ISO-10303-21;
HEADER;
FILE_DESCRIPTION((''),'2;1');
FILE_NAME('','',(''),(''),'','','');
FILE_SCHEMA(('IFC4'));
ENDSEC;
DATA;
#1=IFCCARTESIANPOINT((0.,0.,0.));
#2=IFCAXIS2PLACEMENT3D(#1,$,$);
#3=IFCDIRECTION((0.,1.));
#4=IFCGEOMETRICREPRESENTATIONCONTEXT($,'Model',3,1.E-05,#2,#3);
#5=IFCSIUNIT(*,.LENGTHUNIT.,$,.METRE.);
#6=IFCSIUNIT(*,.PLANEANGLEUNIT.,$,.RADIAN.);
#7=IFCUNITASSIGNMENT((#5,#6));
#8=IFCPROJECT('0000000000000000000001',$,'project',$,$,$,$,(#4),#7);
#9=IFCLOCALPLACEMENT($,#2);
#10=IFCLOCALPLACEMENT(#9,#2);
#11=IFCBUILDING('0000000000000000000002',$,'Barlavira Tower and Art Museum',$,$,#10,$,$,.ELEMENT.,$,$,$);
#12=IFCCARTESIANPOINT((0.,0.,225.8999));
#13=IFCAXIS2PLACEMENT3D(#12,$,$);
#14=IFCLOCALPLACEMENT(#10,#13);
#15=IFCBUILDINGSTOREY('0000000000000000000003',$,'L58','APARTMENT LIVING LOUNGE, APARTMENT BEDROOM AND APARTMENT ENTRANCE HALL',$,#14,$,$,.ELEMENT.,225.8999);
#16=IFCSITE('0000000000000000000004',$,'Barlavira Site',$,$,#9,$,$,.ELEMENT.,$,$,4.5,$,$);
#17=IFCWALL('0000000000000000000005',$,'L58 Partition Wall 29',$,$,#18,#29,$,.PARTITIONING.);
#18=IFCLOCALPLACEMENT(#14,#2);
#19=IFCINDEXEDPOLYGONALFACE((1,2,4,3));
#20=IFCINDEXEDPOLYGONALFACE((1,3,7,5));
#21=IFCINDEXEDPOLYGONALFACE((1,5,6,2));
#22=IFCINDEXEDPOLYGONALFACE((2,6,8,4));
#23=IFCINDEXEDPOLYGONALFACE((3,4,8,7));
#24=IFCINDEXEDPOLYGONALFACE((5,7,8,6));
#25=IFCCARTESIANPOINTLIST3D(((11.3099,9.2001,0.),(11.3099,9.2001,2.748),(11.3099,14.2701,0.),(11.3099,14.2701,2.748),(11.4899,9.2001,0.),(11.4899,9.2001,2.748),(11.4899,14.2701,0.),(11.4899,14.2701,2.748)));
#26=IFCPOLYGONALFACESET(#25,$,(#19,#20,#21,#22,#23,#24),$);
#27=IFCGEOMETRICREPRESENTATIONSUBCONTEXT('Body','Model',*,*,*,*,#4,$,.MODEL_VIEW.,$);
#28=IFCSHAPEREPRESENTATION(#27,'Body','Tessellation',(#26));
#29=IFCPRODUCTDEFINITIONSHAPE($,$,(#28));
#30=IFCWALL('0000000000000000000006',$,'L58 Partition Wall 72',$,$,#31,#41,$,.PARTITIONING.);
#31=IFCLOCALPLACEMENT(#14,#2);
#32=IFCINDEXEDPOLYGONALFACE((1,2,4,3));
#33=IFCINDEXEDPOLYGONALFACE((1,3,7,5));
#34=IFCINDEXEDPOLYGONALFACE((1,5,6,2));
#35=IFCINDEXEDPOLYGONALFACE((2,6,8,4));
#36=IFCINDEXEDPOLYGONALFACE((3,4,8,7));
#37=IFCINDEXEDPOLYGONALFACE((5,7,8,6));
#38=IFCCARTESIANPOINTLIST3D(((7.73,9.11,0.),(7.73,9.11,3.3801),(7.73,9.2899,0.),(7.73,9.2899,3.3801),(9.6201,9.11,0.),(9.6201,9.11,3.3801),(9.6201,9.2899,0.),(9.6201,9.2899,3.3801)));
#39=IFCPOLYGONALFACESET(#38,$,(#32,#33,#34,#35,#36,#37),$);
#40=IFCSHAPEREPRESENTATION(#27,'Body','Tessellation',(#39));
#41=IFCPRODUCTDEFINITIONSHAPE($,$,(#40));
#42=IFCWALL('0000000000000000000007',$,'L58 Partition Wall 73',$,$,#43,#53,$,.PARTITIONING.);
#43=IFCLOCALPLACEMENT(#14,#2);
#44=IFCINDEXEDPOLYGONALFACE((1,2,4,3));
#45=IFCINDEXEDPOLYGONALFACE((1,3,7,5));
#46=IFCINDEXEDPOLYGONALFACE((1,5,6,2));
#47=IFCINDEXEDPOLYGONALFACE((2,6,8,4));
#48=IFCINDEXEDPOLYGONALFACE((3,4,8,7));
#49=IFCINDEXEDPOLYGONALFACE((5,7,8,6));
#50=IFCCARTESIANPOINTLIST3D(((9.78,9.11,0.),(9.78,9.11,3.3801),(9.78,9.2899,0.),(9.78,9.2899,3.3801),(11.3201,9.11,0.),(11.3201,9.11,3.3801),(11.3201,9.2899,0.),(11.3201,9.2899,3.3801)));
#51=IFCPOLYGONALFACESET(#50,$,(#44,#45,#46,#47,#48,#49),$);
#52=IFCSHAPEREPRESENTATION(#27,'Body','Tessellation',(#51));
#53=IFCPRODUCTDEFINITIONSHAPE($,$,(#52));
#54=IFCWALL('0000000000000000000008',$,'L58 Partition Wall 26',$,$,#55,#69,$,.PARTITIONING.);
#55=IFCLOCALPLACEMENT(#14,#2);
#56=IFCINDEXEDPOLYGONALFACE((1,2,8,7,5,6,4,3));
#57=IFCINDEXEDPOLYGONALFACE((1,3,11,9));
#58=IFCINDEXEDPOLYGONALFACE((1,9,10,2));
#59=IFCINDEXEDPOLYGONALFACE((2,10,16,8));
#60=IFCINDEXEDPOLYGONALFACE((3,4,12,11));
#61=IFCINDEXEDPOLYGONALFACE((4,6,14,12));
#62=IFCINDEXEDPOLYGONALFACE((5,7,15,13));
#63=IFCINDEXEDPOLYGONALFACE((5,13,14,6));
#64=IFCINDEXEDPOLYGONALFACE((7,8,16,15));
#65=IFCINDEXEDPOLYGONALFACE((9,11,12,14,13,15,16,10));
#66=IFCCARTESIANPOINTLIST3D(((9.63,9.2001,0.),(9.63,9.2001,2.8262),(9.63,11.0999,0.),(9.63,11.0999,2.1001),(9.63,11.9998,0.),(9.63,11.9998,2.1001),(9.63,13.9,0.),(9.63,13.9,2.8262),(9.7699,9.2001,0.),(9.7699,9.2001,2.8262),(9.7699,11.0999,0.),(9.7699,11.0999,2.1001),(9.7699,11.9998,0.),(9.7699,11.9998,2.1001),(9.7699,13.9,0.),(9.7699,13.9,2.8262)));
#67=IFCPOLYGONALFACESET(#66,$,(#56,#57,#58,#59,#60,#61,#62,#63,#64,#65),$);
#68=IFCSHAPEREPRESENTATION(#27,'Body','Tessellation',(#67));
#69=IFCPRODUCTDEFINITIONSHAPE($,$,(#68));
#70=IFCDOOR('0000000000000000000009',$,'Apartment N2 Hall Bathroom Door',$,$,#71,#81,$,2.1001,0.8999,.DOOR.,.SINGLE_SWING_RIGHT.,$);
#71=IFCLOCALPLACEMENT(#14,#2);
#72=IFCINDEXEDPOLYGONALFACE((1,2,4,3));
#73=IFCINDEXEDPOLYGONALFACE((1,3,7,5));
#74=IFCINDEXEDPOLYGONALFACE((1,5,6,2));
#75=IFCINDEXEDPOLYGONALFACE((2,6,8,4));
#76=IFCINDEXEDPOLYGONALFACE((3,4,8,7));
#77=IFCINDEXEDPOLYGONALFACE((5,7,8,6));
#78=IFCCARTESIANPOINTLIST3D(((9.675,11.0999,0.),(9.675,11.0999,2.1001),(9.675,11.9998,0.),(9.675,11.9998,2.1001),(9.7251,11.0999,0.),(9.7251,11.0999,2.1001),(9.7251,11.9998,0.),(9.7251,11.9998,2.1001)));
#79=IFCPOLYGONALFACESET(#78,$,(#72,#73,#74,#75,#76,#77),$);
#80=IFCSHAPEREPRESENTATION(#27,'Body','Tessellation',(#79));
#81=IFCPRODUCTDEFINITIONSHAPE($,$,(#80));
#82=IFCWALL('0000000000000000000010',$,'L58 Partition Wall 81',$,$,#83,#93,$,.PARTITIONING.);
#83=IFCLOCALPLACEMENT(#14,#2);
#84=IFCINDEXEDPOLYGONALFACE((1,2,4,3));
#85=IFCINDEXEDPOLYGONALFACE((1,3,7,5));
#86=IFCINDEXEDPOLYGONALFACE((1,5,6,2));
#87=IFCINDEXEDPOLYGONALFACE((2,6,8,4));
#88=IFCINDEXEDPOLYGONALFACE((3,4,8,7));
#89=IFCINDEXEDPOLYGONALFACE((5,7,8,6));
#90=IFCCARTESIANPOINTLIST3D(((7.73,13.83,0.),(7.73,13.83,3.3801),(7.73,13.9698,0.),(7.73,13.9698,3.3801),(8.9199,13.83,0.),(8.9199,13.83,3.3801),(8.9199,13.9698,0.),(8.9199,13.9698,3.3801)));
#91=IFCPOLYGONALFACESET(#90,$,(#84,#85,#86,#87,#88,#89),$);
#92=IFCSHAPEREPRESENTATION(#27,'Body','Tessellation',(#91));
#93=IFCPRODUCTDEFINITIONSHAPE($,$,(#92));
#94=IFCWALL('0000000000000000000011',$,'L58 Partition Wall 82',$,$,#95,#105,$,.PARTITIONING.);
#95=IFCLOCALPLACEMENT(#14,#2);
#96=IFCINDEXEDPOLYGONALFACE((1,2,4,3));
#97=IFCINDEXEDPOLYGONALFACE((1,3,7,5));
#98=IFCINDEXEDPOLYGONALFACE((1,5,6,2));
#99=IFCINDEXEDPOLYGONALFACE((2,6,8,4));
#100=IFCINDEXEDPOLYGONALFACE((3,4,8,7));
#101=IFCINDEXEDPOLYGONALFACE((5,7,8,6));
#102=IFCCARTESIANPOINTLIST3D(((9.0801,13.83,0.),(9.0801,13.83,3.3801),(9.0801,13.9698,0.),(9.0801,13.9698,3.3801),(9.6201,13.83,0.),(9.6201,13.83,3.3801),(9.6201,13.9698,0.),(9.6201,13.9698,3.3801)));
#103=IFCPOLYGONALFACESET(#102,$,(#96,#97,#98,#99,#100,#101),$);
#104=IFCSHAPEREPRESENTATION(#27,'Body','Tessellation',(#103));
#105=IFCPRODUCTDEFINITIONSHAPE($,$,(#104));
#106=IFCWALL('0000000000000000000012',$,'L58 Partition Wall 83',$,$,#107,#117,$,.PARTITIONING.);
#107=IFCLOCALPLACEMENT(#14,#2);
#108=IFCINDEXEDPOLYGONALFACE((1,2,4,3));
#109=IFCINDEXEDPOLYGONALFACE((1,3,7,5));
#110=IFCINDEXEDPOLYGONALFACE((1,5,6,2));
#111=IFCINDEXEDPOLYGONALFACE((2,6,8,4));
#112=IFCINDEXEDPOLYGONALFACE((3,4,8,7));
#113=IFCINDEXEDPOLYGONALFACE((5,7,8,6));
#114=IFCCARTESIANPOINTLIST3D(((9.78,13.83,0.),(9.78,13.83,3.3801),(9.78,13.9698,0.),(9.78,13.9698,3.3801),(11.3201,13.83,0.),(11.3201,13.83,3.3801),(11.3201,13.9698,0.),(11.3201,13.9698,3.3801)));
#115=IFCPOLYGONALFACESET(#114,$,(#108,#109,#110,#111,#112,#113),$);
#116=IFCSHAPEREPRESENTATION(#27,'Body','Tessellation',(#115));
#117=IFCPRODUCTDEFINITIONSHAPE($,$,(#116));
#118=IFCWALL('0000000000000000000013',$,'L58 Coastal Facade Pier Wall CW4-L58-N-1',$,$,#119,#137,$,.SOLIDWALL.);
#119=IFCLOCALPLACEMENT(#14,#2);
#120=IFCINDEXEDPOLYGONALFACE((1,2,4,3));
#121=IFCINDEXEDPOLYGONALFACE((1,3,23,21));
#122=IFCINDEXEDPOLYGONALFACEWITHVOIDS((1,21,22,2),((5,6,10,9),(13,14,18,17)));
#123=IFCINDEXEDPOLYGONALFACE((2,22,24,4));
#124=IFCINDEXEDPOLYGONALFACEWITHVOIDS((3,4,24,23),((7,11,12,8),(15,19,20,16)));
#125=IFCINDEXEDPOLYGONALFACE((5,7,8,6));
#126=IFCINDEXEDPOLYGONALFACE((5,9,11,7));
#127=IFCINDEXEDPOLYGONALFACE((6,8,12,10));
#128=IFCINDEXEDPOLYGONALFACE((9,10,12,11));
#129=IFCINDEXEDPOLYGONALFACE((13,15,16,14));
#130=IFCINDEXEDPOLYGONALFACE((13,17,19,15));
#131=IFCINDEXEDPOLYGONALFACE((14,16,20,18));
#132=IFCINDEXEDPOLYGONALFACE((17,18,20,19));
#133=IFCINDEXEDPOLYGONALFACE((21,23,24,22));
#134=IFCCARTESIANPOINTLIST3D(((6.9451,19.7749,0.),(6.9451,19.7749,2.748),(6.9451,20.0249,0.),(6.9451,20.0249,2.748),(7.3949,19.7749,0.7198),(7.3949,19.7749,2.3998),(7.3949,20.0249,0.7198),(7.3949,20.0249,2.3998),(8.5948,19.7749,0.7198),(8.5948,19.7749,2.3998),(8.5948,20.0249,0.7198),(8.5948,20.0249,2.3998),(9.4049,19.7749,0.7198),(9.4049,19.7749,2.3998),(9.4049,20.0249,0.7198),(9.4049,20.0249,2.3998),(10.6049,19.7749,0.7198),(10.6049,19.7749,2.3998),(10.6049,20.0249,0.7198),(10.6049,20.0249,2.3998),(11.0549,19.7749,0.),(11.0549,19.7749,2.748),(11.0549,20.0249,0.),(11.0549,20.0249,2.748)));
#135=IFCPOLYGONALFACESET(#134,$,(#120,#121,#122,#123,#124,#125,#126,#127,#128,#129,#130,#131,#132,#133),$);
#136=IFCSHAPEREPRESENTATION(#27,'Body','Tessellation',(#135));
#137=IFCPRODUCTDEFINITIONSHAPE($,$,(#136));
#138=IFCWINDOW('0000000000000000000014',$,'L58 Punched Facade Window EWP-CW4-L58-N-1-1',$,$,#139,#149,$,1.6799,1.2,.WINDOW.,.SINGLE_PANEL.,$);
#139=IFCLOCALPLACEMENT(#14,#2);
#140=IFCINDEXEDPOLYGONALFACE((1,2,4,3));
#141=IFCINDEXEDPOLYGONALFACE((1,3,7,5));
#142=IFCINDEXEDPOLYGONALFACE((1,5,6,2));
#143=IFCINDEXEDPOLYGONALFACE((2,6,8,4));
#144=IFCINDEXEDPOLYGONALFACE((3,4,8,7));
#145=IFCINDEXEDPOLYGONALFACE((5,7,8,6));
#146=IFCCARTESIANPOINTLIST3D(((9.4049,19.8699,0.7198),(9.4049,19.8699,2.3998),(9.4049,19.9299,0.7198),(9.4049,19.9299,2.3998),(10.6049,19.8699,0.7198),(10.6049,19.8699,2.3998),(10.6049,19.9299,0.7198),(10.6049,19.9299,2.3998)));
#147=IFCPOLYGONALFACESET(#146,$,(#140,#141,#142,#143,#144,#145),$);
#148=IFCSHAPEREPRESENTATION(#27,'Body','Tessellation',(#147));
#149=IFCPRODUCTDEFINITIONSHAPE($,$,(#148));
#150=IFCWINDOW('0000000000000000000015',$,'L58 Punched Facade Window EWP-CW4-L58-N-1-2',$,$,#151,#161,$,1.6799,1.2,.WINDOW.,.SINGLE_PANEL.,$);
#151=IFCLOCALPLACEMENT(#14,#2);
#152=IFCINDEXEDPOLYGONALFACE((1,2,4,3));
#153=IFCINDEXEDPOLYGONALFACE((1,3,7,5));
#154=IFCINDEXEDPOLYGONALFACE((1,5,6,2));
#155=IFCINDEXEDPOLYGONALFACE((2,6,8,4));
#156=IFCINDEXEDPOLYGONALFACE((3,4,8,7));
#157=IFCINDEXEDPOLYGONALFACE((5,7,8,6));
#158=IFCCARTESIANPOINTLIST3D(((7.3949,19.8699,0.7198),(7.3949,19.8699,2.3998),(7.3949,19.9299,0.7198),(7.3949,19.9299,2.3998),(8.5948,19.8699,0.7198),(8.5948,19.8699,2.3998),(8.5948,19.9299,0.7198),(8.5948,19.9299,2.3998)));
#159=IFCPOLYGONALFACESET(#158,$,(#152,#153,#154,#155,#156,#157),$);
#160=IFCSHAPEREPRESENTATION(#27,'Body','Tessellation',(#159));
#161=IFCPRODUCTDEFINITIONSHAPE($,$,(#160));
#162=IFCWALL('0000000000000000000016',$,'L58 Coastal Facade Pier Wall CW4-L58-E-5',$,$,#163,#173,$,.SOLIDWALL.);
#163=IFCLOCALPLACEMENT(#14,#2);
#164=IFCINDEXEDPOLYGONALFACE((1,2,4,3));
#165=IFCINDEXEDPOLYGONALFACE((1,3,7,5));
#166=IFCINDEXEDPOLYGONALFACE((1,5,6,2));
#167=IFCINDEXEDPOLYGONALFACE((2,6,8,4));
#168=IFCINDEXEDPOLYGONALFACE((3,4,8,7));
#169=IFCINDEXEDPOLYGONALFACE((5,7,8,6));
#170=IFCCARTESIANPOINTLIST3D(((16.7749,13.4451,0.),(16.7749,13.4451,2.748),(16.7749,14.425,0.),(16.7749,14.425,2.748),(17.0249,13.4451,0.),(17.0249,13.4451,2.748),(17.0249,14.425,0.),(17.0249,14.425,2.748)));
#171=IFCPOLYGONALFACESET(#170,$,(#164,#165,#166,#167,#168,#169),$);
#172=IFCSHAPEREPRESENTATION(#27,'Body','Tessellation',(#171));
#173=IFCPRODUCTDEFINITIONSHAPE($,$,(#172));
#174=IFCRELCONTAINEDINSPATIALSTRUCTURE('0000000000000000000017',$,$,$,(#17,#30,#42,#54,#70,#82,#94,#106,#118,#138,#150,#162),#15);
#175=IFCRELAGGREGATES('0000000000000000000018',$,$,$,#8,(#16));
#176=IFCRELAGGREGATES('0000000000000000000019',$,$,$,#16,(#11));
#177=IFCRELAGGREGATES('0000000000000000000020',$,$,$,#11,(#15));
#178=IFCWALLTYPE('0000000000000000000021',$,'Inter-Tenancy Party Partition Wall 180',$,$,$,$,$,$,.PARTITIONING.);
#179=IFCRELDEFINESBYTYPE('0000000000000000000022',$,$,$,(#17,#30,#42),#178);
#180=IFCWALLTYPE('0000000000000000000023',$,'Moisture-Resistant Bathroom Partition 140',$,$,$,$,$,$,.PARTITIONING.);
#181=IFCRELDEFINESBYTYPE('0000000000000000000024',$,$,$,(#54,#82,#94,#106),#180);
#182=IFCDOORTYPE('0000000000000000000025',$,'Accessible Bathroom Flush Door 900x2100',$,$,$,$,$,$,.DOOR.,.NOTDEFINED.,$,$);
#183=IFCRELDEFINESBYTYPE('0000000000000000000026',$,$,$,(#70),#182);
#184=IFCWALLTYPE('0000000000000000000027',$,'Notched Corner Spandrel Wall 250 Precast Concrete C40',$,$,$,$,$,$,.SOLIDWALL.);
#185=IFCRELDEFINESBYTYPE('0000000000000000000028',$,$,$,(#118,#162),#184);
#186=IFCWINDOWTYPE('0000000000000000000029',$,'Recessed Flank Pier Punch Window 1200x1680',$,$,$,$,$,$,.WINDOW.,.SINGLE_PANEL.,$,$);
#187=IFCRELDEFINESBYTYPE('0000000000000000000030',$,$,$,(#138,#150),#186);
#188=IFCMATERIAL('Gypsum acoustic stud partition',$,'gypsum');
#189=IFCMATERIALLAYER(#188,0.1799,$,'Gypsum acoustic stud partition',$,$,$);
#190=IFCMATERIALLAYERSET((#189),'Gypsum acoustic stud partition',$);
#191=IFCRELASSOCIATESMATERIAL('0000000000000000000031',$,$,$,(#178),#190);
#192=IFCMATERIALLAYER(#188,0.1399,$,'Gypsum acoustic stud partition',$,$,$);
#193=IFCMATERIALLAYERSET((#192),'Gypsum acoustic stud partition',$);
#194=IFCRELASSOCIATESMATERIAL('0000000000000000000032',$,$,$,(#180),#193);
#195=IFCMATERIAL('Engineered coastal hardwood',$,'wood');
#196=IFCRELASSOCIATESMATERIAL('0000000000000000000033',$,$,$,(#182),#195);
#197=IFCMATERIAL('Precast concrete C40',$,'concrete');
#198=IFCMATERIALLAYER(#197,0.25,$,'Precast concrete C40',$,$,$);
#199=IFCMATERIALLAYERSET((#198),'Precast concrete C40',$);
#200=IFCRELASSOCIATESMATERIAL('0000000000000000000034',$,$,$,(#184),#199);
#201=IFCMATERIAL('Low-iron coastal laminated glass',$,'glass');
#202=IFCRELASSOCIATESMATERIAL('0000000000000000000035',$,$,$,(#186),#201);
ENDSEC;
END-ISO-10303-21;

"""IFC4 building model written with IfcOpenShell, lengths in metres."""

from ifc_helpers import new_model, si_unit, direction, frame, frame_2d, origin, place, context, subcontext, project, spatial, rectangle, extrude, material, layer, layer_set, type_object, element, fill, save


model = new_model("IFC4")

# Units and contexts
model_context = context("Model", 3, precision=1e-05, world=origin(), true_north=direction((0.0, 1.0)))
body_context = subcontext(model_context, "Body", "Model", "MODEL_VIEW")
ifc_project = project(units=[si_unit("LENGTHUNIT", "METRE"), si_unit("PLANEANGLEUNIT", "RADIAN")], contexts=[model_context])

# Site, building, storey
site_placement = place(None, origin())
site = spatial("IfcSite", under=ifc_project, at=site_placement, Name="Barlavira Site", CompositionType="ELEMENT", RefElevation=4.5)
building_placement = place(site_placement, origin())
building = spatial("IfcBuilding", under=site, at=building_placement, Name="Barlavira Tower and Art Museum", CompositionType="ELEMENT")
storey_placement = place(building_placement, frame((0.0, 0.0, 225.8999)))
storey = spatial("IfcBuildingStorey", under=building, at=storey_placement, Name="L58", Description="APARTMENT LIVING LOUNGE, APARTMENT BEDROOM AND APARTMENT ENTRANCE HALL", CompositionType="ELEMENT", Elevation=225.8999)

# Shared definitions
ifc_material_1 = material(Name="Gypsum acoustic stud partition", Category="gypsum")
ifc_material_2 = material(Name="Engineered coastal hardwood", Category="wood")

# Walls
ifc_layer_1 = layer(ifc_material_1, 0.1799, Name="Gypsum acoustic stud partition")
ifc_layer_set_1 = layer_set([ifc_layer_1], Name="Gypsum acoustic stud partition")
wall_type_1 = type_object("IfcWallType", Name="Inter-Tenancy Party Partition Wall 180", PredefinedType="PARTITIONING", material=ifc_layer_set_1)
wall_1_placement = place(storey_placement, frame((11.3999, 9.2, 0.0), z_axis=(0.0, 0.0, 1.0), x_axis=(0.0, 1.0, 0.0)))
element("IfcWall", 1, at=wall_1_placement, inside=storey, type_object=wall_type_1, Name="L58 Partition Wall 29", PredefinedType="PARTITIONING", context=body_context, shape_type="SweptSolid", body=[
    extrude(rectangle(XDim=5.0701, YDim=0.1799, at=frame_2d((2.5352, 0.0))), origin(), (0.0, 0.0, 1.0), 2.748),
])
wall_2_placement = place(storey_placement, frame((7.73, 9.2, 0.0), z_axis=(0.0, 0.0, 1.0), x_axis=(1.0, 0.0, 0.0)))
element("IfcWall", 2, at=wall_2_placement, inside=storey, type_object=wall_type_1, Name="L58 Partition Wall 72", PredefinedType="PARTITIONING", context=body_context, shape_type="SweptSolid", body=[
    extrude(rectangle(XDim=1.8901, YDim=0.1799, at=frame_2d((0.9451, 0.0))), origin(), (0.0, 0.0, 1.0), 3.3801),
])
wall_3_placement = place(storey_placement, frame((9.78, 9.2, 0.0), z_axis=(0.0, 0.0, 1.0), x_axis=(1.0, 0.0, 0.0)))
element("IfcWall", 3, at=wall_3_placement, inside=storey, type_object=wall_type_1, Name="L58 Partition Wall 73", PredefinedType="PARTITIONING", context=body_context, shape_type="SweptSolid", body=[
    extrude(rectangle(XDim=1.54, YDim=0.1799, at=frame_2d((0.77, 0.0))), origin(), (0.0, 0.0, 1.0), 3.3801),
])

# Wall, opening, door
ifc_layer_2 = layer(ifc_material_1, 0.1399, Name="Gypsum acoustic stud partition")
ifc_layer_set_2 = layer_set([ifc_layer_2], Name="Gypsum acoustic stud partition")
wall_type_2 = type_object("IfcWallType", Name="Moisture-Resistant Bathroom Partition 140", PredefinedType="PARTITIONING", material=ifc_layer_set_2)
wall_4_placement = place(storey_placement, frame((9.7, 9.2, 0.0), z_axis=(0.0, 0.0, 1.0), x_axis=(0.0, 1.0, 0.0)))
wall_4 = element("IfcWall", 4, at=wall_4_placement, inside=storey, type_object=wall_type_2, Name="L58 Partition Wall 26", PredefinedType="PARTITIONING", context=body_context, shape_type="SweptSolid", body=[
    extrude(rectangle(XDim=4.7, YDim=0.1399, at=frame_2d((2.3501, 0.0))), origin(), (0.0, 0.0, 1.0), 2.8262),
])
opening_1_placement = place(wall_4_placement, frame((1.8999, 0.0, 0.0)))
opening_1 = element("IfcOpeningElement", 5, at=opening_1_placement, cuts=wall_4, PredefinedType="OPENING", context=body_context, shape_type="SweptSolid", body=[
    extrude(rectangle(XDim=0.8999, YDim=2.1001, at=frame_2d((0.45, 1.05))), frame((0.0, 0.0801, 0.0), z_axis=(0.0, -1.0, 0.0), x_axis=(1.0, 0.0, 0.0)), (0.0, 0.0, 1.0), 0.1599),
])
door_type_1 = type_object("IfcDoorType", Name="Accessible Bathroom Flush Door 900x2100", OperationType="NOTDEFINED", PredefinedType="DOOR", material=ifc_material_2)
door_1_placement = place(opening_1_placement, origin())
door_1 = element("IfcDoor", 6, at=door_1_placement, inside=storey, type_object=door_type_1, Name="Apartment N2 Hall Bathroom Door", OperationType="SINGLE_SWING_RIGHT", OverallHeight=2.1001, OverallWidth=0.8999, PredefinedType="DOOR", context=body_context, shape_type="SweptSolid", body=[
    extrude(rectangle(XDim=0.8999, YDim=2.1001, at=frame_2d((0.45, 1.05))), frame((0.0, 0.0249, 0.0), z_axis=(0.0, -1.0, 0.0), x_axis=(1.0, 0.0, 0.0)), (0.0, 0.0, 1.0), 0.05),
])
fill(opening_1, door_1)

# Walls
wall_5_placement = place(storey_placement, frame((7.73, 13.8999, 0.0), z_axis=(0.0, 0.0, 1.0), x_axis=(1.0, 0.0, 0.0)))
element("IfcWall", 7, at=wall_5_placement, inside=storey, type_object=wall_type_2, Name="L58 Partition Wall 81", PredefinedType="PARTITIONING", context=body_context, shape_type="SweptSolid", body=[
    extrude(rectangle(XDim=1.1899, YDim=0.1399, at=frame_2d((0.595, 0.0))), origin(), (0.0, 0.0, 1.0), 3.3801),
])
wall_6_placement = place(storey_placement, frame((9.0801, 13.8999, 0.0), z_axis=(0.0, 0.0, 1.0), x_axis=(1.0, 0.0, 0.0)))
element("IfcWall", 8, at=wall_6_placement, inside=storey, type_object=wall_type_2, Name="L58 Partition Wall 82", PredefinedType="PARTITIONING", context=body_context, shape_type="SweptSolid", body=[
    extrude(rectangle(XDim=0.54, YDim=0.1399, at=frame_2d((0.27, 0.0))), origin(), (0.0, 0.0, 1.0), 3.3801),
])
wall_7_placement = place(storey_placement, frame((9.78, 13.8999, 0.0), z_axis=(0.0, 0.0, 1.0), x_axis=(1.0, 0.0, 0.0)))
element("IfcWall", 9, at=wall_7_placement, inside=storey, type_object=wall_type_2, Name="L58 Partition Wall 83", PredefinedType="PARTITIONING", context=body_context, shape_type="SweptSolid", body=[
    extrude(rectangle(XDim=1.54, YDim=0.1399, at=frame_2d((0.77, 0.0))), origin(), (0.0, 0.0, 1.0), 3.3801),
])

# Wall, openings, windows
ifc_material_3 = material(Name="Precast concrete C40", Category="concrete")
ifc_layer_3 = layer(ifc_material_3, 0.25, Name="Precast concrete C40")
ifc_layer_set_3 = layer_set([ifc_layer_3], Name="Precast concrete C40")
wall_type_3 = type_object("IfcWallType", Name="Notched Corner Spandrel Wall 250 Precast Concrete C40", PredefinedType="SOLIDWALL", material=ifc_layer_set_3)
wall_8_placement = place(storey_placement, frame((11.0549, 19.8999, 0.0), z_axis=(0.0, 0.0, 1.0), x_axis=(-1.0, 0.0, 0.0)))
wall_8 = element("IfcWall", 10, at=wall_8_placement, inside=storey, type_object=wall_type_3, Name="L58 Coastal Facade Pier Wall CW4-L58-N-1", PredefinedType="SOLIDWALL", context=body_context, shape_type="SweptSolid", body=[
    extrude(rectangle(XDim=4.1099, YDim=0.25, at=frame_2d((2.0549, 0.0))), origin(), (0.0, 0.0, 1.0), 2.748),
])
opening_2_placement = place(wall_8_placement, frame((0.45, 0.0, 0.72)))
opening_2 = element("IfcOpeningElement", 11, at=opening_2_placement, cuts=wall_8, PredefinedType="OPENING", context=body_context, shape_type="SweptSolid", body=[
    extrude(rectangle(XDim=1.2, YDim=1.6799, at=frame_2d((0.6001, 0.8398))), frame((0.0, 0.135, 0.0), z_axis=(0.0, -1.0, 0.0), x_axis=(1.0, 0.0, 0.0)), (0.0, 0.0, 1.0), 0.27),
])
opening_3_placement = place(wall_8_placement, frame((2.46, 0.0, 0.72)))
opening_3 = element("IfcOpeningElement", 12, at=opening_3_placement, cuts=wall_8, PredefinedType="OPENING", context=body_context, shape_type="SweptSolid", body=[
    extrude(rectangle(XDim=1.2, YDim=1.6799, at=frame_2d((0.6001, 0.8398))), frame((0.0, 0.135, 0.0), z_axis=(0.0, -1.0, 0.0), x_axis=(1.0, 0.0, 0.0)), (0.0, 0.0, 1.0), 0.27),
])
ifc_material_4 = material(Name="Low-iron coastal laminated glass", Category="glass")
window_type_1 = type_object("IfcWindowType", Name="Recessed Flank Pier Punch Window 1200x1680", PartitioningType="SINGLE_PANEL", PredefinedType="WINDOW", material=ifc_material_4)
window_1_placement = place(opening_2_placement, origin())
window_1 = element("IfcWindow", 13, at=window_1_placement, inside=storey, type_object=window_type_1, Name="L58 Punched Facade Window EWP-CW4-L58-N-1-1", OverallHeight=1.6799, OverallWidth=1.2, PartitioningType="SINGLE_PANEL", PredefinedType="WINDOW", context=body_context, shape_type="SweptSolid", body=[
    extrude(rectangle(XDim=1.2, YDim=1.6799, at=frame_2d((0.6001, 0.8398))), frame((0.0, 0.03, 0.0), z_axis=(0.0, -1.0, 0.0), x_axis=(1.0, 0.0, 0.0)), (0.0, 0.0, 1.0), 0.0601),
])
fill(opening_2, window_1)
window_2_placement = place(opening_3_placement, origin())
window_2 = element("IfcWindow", 14, at=window_2_placement, inside=storey, type_object=window_type_1, Name="L58 Punched Facade Window EWP-CW4-L58-N-1-2", OverallHeight=1.6799, OverallWidth=1.2, PartitioningType="SINGLE_PANEL", PredefinedType="WINDOW", context=body_context, shape_type="SweptSolid", body=[
    extrude(rectangle(XDim=1.2, YDim=1.6799, at=frame_2d((0.6001, 0.8398))), frame((0.0, 0.03, 0.0), z_axis=(0.0, -1.0, 0.0), x_axis=(1.0, 0.0, 0.0)), (0.0, 0.0, 1.0), 0.0601),
])
fill(opening_3, window_2)

# Wall
wall_9_placement = place(storey_placement, frame((16.8999, 13.4451, 0.0), z_axis=(0.0, 0.0, 1.0), x_axis=(0.0, 1.0, 0.0)))
element("IfcWall", 15, at=wall_9_placement, inside=storey, type_object=wall_type_3, Name="L58 Coastal Facade Pier Wall CW4-L58-E-5", PredefinedType="SOLIDWALL", context=body_context, shape_type="SweptSolid", body=[
    extrude(rectangle(XDim=0.98, YDim=0.25, at=frame_2d((0.49, 0.0))), origin(), (0.0, 0.0, 1.0), 2.748),
])

save(model, "model.ifc")
